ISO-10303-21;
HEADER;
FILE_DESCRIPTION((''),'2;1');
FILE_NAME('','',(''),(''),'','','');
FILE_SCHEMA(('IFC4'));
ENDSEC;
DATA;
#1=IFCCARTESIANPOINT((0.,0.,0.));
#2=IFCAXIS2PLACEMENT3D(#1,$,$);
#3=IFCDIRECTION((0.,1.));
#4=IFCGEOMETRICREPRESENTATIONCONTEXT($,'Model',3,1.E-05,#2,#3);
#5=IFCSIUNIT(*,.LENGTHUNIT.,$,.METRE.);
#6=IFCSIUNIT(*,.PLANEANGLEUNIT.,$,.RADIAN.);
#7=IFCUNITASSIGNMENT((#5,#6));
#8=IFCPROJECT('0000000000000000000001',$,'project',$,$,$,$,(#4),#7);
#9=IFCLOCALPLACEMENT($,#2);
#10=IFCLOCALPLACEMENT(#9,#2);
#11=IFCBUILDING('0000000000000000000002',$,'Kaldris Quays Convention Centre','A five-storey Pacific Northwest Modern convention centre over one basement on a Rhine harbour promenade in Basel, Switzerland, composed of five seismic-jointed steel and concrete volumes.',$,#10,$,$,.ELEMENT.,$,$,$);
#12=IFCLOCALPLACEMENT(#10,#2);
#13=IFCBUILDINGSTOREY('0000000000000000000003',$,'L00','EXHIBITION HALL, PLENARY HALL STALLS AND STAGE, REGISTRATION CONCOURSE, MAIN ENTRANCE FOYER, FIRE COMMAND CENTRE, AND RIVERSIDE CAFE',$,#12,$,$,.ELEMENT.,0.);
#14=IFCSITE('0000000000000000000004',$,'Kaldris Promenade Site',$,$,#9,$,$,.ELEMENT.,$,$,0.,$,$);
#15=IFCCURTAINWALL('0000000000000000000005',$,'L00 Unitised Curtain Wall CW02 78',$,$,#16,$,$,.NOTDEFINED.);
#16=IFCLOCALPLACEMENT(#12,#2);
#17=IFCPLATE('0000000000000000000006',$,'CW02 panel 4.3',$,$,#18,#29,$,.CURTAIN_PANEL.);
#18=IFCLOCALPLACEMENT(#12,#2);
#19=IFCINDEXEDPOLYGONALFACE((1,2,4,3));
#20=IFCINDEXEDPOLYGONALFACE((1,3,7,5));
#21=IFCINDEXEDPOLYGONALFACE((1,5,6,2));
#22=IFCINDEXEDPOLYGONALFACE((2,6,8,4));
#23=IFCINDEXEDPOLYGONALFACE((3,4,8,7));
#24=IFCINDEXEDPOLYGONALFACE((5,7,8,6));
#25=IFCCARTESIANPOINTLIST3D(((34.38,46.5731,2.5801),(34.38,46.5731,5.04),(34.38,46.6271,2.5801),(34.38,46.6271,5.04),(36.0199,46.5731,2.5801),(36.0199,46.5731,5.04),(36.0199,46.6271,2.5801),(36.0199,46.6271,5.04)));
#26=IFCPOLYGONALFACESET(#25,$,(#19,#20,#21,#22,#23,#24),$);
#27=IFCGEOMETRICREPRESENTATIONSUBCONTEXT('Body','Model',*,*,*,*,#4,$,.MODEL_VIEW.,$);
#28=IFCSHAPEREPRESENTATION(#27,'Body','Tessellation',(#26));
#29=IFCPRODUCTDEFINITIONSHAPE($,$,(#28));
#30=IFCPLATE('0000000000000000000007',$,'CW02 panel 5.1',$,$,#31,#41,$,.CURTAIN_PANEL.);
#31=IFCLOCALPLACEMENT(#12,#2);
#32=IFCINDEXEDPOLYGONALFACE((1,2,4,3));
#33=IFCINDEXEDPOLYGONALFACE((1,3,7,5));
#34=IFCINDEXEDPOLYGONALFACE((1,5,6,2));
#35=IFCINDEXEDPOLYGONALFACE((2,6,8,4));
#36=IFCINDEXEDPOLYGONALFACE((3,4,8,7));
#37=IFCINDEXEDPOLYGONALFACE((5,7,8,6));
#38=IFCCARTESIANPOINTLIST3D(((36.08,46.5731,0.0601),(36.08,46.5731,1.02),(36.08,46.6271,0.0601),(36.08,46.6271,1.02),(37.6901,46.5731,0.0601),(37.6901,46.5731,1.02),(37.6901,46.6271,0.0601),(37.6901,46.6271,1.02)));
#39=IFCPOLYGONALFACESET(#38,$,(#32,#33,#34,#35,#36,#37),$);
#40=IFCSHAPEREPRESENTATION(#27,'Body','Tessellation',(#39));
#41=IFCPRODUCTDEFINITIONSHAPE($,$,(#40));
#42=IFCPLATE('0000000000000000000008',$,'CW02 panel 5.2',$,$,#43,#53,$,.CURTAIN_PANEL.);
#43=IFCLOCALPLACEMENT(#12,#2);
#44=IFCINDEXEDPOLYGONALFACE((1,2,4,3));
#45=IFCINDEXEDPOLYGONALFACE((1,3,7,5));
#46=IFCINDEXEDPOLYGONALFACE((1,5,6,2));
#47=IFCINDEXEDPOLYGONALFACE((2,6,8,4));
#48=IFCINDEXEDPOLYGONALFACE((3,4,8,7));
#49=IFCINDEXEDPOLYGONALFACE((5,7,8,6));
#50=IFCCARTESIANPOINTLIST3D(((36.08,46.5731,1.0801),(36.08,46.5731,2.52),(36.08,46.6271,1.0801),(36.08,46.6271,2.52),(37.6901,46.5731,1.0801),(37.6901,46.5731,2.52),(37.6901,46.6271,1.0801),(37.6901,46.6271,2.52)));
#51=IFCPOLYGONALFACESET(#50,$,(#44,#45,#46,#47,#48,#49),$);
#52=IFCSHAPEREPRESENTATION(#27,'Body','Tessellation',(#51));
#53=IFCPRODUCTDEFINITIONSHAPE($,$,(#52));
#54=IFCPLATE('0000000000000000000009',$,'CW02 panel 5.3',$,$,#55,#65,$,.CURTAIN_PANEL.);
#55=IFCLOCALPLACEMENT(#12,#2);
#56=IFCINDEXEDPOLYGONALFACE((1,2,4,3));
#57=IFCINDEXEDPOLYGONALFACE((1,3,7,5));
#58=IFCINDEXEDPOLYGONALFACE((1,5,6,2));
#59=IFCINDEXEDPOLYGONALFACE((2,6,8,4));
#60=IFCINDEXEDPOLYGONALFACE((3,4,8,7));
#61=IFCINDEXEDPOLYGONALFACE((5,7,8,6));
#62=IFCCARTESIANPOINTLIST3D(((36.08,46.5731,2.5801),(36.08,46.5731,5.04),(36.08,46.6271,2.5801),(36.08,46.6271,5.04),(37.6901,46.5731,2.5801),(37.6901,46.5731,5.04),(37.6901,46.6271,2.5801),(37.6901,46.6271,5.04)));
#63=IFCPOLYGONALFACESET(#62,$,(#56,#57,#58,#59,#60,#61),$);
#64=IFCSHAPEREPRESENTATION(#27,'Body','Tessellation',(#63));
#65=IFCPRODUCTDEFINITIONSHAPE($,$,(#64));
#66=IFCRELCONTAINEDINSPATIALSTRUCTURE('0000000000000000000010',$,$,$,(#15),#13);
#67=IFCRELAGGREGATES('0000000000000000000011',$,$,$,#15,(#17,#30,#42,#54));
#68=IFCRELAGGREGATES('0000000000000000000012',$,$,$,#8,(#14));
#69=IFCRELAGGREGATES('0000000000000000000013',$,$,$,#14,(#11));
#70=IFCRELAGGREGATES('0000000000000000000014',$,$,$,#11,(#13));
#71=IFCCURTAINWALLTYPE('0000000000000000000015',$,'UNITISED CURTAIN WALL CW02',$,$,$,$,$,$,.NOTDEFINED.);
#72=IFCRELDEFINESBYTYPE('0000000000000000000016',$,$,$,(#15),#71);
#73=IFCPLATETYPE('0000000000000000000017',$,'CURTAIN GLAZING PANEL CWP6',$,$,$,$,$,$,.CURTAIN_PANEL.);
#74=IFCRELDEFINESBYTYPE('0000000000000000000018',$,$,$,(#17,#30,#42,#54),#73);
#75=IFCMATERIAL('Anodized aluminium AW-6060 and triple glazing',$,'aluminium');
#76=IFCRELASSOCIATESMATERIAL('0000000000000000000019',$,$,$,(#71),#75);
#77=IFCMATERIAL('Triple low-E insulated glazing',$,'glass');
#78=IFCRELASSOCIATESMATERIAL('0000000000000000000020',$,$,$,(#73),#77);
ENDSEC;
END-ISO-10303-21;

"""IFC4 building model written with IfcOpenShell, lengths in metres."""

from ifc_helpers import new_model, si_unit, direction, frame, origin, origin_2d, place, context, subcontext, project, spatial, rectangle, extrude, material, type_object, element, aggregate, save


model = new_model("IFC4")

# Units and contexts
model_context = context("Model", 3, precision=1e-05, world=origin(), true_north=direction((0.0, 1.0)))
body_context = subcontext(model_context, "Body", "Model", "MODEL_VIEW")
ifc_project = project(units=[si_unit("LENGTHUNIT", "METRE"), si_unit("PLANEANGLEUNIT", "RADIAN")], contexts=[model_context])

# Site, building, storey
site_placement = place(None, origin())
site = spatial("IfcSite", under=ifc_project, at=site_placement, Name="Kaldris Promenade Site", CompositionType="ELEMENT", RefElevation=0.0)
building_placement = place(site_placement, origin())
building = spatial("IfcBuilding", under=site, at=building_placement, Name="Kaldris Quays Convention Centre", Description="A five-storey Pacific Northwest Modern convention centre over one basement on a Rhine harbour promenade in Basel, Switzerland, composed of five seismic-jointed steel and concrete volumes.", CompositionType="ELEMENT")
storey_placement = place(building_placement, origin())
storey = spatial("IfcBuildingStorey", under=building, at=storey_placement, Name="L00", Description="EXHIBITION HALL, PLENARY HALL STALLS AND STAGE, REGISTRATION CONCOURSE, MAIN ENTRANCE FOYER, FIRE COMMAND CENTRE, AND RIVERSIDE CAFE", CompositionType="ELEMENT", Elevation=0.0)

# Curtain wall
ifc_material_1 = material(Name="Anodized aluminium AW-6060 and triple glazing", Category="aluminium")
curtain_wall_type = type_object("IfcCurtainWallType", Name="UNITISED CURTAIN WALL CW02", PredefinedType="NOTDEFINED", material=ifc_material_1)
curtain_wall_1_placement = place(storey_placement, origin())
curtain_wall_1 = element("IfcCurtainWall", 1, at=curtain_wall_1_placement, inside=storey, type_object=curtain_wall_type, Name="L00 Unitised Curtain Wall CW02 78", PredefinedType="NOTDEFINED")

# Plates
ifc_material_2 = material(Name="Triple low-E insulated glazing", Category="glass")
plate_type = type_object("IfcPlateType", Name="CURTAIN GLAZING PANEL CWP6", PredefinedType="CURTAIN_PANEL", material=ifc_material_2)
plate_1_placement = place(storey_placement, frame((35.2, 46.6001, 2.5801), z_axis=(0.0, 0.0, 1.0), x_axis=(1.0, 0.0, 0.0)))
plate_1 = element("IfcPlate", 2, at=plate_1_placement, type_object=plate_type, Name="CW02 panel 4.3", PredefinedType="CURTAIN_PANEL", context=body_context, shape_type="SweptSolid", body=[
    extrude(rectangle(XDim=1.6399, YDim=0.054, at=origin_2d()), origin(), (0.0, 0.0, 1.0), 2.46),
])
plate_2_placement = place(storey_placement, frame((36.885, 46.6001, 0.0601), z_axis=(0.0, 0.0, 1.0), x_axis=(1.0, 0.0, 0.0)))
plate_2 = element("IfcPlate", 3, at=plate_2_placement, type_object=plate_type, Name="CW02 panel 5.1", PredefinedType="CURTAIN_PANEL", context=body_context, shape_type="SweptSolid", body=[
    extrude(rectangle(XDim=1.6101, YDim=0.054, at=origin_2d()), origin(), (0.0, 0.0, 1.0), 0.96),
])
plate_3_placement = place(storey_placement, frame((36.885, 46.6001, 1.0801), z_axis=(0.0, 0.0, 1.0), x_axis=(1.0, 0.0, 0.0)))
plate_3 = element("IfcPlate", 4, at=plate_3_placement, type_object=plate_type, Name="CW02 panel 5.2", PredefinedType="CURTAIN_PANEL", context=body_context, shape_type="SweptSolid", body=[
    extrude(rectangle(XDim=1.6101, YDim=0.054, at=origin_2d()), origin(), (0.0, 0.0, 1.0), 1.4399),
])
plate_4_placement = place(storey_placement, frame((36.885, 46.6001, 2.5801), z_axis=(0.0, 0.0, 1.0), x_axis=(1.0, 0.0, 0.0)))
plate_4 = element("IfcPlate", 5, at=plate_4_placement, type_object=plate_type, Name="CW02 panel 5.3", PredefinedType="CURTAIN_PANEL", context=body_context, shape_type="SweptSolid", body=[
    extrude(rectangle(XDim=1.6101, YDim=0.054, at=origin_2d()), origin(), (0.0, 0.0, 1.0), 2.46),
])
aggregate(curtain_wall_1, [plate_1, plate_2, plate_3, plate_4])

save(model, "model.ifc")
